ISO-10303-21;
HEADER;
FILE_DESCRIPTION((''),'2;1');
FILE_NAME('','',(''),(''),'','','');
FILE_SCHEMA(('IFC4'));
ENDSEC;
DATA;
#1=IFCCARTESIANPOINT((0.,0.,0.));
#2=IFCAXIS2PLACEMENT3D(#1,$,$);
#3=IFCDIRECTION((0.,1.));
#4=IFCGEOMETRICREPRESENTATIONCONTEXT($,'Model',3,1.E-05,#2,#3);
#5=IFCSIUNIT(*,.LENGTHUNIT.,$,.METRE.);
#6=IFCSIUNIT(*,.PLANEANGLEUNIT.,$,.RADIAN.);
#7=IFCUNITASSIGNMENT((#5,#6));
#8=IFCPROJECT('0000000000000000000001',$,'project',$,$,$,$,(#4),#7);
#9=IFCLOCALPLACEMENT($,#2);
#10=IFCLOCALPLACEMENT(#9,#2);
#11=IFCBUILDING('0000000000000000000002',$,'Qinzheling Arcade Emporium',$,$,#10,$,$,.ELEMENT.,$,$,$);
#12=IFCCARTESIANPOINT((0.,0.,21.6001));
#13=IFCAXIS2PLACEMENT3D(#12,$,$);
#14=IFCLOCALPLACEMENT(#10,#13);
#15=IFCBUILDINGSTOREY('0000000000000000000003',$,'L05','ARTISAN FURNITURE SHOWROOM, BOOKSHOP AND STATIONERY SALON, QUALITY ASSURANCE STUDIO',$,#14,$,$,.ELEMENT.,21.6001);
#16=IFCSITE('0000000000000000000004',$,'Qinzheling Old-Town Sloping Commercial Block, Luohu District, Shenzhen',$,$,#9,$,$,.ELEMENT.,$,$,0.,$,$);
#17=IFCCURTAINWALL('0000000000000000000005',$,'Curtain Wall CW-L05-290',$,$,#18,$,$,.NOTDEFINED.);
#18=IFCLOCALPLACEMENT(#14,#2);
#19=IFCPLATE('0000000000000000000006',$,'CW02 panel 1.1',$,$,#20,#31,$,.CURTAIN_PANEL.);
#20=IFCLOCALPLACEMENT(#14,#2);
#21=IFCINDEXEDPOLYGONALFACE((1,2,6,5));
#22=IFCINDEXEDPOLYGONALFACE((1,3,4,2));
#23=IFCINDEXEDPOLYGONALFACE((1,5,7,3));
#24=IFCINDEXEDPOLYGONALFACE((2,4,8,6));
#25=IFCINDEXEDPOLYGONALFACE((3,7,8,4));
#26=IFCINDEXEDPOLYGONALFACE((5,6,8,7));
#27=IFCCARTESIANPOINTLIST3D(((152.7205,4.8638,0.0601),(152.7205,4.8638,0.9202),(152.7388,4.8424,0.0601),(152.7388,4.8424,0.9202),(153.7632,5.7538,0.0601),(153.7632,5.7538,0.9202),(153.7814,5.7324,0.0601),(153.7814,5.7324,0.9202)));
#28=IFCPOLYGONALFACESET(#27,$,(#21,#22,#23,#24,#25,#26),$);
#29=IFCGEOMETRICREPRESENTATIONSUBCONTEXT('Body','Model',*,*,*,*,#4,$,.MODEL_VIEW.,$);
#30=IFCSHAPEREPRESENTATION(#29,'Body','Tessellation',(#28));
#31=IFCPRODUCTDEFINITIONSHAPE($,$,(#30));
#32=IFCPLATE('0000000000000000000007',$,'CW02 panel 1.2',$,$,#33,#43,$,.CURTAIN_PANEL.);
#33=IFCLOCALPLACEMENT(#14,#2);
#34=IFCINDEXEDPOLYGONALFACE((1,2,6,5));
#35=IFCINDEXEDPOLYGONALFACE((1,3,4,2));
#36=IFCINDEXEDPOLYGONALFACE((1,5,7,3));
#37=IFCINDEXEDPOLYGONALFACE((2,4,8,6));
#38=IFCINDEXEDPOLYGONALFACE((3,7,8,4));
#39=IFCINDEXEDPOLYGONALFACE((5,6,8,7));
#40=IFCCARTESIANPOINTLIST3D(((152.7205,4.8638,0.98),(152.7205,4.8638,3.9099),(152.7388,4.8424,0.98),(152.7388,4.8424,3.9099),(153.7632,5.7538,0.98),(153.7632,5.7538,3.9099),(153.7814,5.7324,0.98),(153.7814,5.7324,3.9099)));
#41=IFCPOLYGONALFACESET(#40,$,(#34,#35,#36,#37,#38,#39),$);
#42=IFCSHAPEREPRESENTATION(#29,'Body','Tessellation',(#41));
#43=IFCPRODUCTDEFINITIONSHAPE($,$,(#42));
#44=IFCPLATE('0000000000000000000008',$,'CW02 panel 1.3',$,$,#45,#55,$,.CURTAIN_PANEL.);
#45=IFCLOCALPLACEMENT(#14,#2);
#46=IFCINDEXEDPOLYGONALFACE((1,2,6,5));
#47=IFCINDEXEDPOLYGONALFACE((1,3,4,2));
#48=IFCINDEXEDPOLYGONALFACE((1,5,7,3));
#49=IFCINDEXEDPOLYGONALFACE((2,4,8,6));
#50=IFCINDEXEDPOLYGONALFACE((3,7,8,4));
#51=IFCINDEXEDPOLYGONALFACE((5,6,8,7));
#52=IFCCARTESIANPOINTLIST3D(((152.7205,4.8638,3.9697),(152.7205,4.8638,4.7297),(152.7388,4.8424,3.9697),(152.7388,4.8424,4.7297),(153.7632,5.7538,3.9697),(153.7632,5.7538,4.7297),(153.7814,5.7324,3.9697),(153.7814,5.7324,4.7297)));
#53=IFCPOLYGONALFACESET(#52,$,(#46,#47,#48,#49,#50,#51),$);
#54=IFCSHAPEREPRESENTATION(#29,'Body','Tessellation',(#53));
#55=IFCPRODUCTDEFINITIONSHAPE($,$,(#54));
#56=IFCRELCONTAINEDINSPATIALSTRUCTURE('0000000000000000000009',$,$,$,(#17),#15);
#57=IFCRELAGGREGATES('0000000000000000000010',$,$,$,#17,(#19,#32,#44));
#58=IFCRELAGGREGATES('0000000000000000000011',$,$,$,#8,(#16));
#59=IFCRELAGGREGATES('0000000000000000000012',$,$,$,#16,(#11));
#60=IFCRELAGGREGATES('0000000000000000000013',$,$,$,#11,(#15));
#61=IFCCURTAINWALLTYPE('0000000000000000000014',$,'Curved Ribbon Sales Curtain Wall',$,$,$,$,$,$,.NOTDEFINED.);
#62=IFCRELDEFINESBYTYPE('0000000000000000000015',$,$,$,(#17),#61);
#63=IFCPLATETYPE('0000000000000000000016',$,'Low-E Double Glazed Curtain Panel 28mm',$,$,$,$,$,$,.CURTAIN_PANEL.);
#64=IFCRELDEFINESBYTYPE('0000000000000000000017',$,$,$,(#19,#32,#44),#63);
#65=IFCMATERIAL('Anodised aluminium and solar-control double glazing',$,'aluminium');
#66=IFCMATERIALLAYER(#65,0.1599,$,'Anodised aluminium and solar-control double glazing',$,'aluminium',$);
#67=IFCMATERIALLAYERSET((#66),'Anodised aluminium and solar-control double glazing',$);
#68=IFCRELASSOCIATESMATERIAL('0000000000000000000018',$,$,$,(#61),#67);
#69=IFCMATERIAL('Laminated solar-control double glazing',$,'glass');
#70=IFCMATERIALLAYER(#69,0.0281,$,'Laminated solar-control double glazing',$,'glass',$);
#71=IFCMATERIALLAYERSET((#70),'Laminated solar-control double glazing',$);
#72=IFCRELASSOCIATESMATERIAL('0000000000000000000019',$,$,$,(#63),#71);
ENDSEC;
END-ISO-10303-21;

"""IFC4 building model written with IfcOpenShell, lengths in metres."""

from ifc_helpers import new_model, si_unit, direction, frame, origin, origin_2d, place, context, subcontext, project, spatial, rectangle, extrude, material, layer, layer_set, type_object, element, aggregate, save


model = new_model("IFC4")

# Units and contexts
model_context = context("Model", 3, precision=1e-05, world=origin(), true_north=direction((0.0, 1.0)))
body_context = subcontext(model_context, "Body", "Model", "MODEL_VIEW")
ifc_project = project(units=[si_unit("LENGTHUNIT", "METRE"), si_unit("PLANEANGLEUNIT", "RADIAN")], contexts=[model_context])

# Site, building, storey
site_placement = place(None, origin())
site = spatial("IfcSite", under=ifc_project, at=site_placement, Name="Qinzheling Old-Town Sloping Commercial Block, Luohu District, Shenzhen", CompositionType="ELEMENT", RefElevation=0.0)
building_placement = place(site_placement, origin())
building = spatial("IfcBuilding", under=site, at=building_placement, Name="Qinzheling Arcade Emporium", CompositionType="ELEMENT")
storey_placement = place(building_placement, frame((0.0, 0.0, 21.6001)))
storey = spatial("IfcBuildingStorey", under=building, at=storey_placement, Name="L05", Description="ARTISAN FURNITURE SHOWROOM, BOOKSHOP AND STATIONERY SALON, QUALITY ASSURANCE STUDIO", CompositionType="ELEMENT", Elevation=21.6001)

# Shared definitions
ifc_material_1 = material(Name="Anodised aluminium and solar-control double glazing", Category="aluminium")
ifc_layer_1 = layer(ifc_material_1, 0.1599, Name="Anodised aluminium and solar-control double glazing", Category="aluminium")
ifc_layer_set_1 = layer_set([ifc_layer_1], Name="Anodised aluminium and solar-control double glazing")
curtain_wall_type = type_object("IfcCurtainWallType", Name="Curved Ribbon Sales Curtain Wall", PredefinedType="NOTDEFINED", material=ifc_layer_set_1)

# Curtain wall
curtain_wall_1_placement = place(storey_placement, origin())
curtain_wall_1 = element("IfcCurtainWall", 1, at=curtain_wall_1_placement, inside=storey, type_object=curtain_wall_type, Name="Curtain Wall CW-L05-290", PredefinedType="NOTDEFINED")

# Plates
ifc_material_2 = material(Name="Laminated solar-control double glazing", Category="glass")
ifc_layer_2 = layer(ifc_material_2, 0.0281, Name="Laminated solar-control double glazing", Category="glass")
ifc_layer_set_2 = layer_set([ifc_layer_2], Name="Laminated solar-control double glazing")
plate_type_1 = type_object("IfcPlateType", Name="Low-E Double Glazed Curtain Panel 28mm", PredefinedType="CURTAIN_PANEL", material=ifc_layer_set_2)
plate_1_placement = place(storey_placement, frame((153.251, 5.2981, 0.0601), z_axis=(0.0, 0.0, 1.0), x_axis=(-0.760581, -0.649243, 0.0)))
plate_1 = element("IfcPlate", 2, at=plate_1_placement, type_object=plate_type_1, Name="CW02 panel 1.1", PredefinedType="CURTAIN_PANEL", context=body_context, shape_type="SweptSolid", body=[
    extrude(rectangle(XDim=1.3708, YDim=0.0281, at=origin_2d()), origin(), (0.0, 0.0, 1.0), 0.8601),
])
plate_2_placement = place(storey_placement, frame((153.251, 5.2981, 0.98), z_axis=(0.0, 0.0, 1.0), x_axis=(-0.760581, -0.649243, 0.0)))
plate_2 = element("IfcPlate", 3, at=plate_2_placement, type_object=plate_type_1, Name="CW02 panel 1.2", PredefinedType="CURTAIN_PANEL", context=body_context, shape_type="SweptSolid", body=[
    extrude(rectangle(XDim=1.3708, YDim=0.0281, at=origin_2d()), origin(), (0.0, 0.0, 1.0), 2.9299),
])
plate_3_placement = place(storey_placement, frame((153.251, 5.2981, 3.9697), z_axis=(0.0, 0.0, 1.0), x_axis=(-0.760581, -0.649243, 0.0)))
plate_3 = element("IfcPlate", 4, at=plate_3_placement, type_object=plate_type_1, Name="CW02 panel 1.3", PredefinedType="CURTAIN_PANEL", context=body_context, shape_type="SweptSolid", body=[
    extrude(rectangle(XDim=1.3708, YDim=0.0281, at=origin_2d()), origin(), (0.0, 0.0, 1.0), 0.76),
])
aggregate(curtain_wall_1, [plate_1, plate_2, plate_3])

save(model, "model.ifc")
